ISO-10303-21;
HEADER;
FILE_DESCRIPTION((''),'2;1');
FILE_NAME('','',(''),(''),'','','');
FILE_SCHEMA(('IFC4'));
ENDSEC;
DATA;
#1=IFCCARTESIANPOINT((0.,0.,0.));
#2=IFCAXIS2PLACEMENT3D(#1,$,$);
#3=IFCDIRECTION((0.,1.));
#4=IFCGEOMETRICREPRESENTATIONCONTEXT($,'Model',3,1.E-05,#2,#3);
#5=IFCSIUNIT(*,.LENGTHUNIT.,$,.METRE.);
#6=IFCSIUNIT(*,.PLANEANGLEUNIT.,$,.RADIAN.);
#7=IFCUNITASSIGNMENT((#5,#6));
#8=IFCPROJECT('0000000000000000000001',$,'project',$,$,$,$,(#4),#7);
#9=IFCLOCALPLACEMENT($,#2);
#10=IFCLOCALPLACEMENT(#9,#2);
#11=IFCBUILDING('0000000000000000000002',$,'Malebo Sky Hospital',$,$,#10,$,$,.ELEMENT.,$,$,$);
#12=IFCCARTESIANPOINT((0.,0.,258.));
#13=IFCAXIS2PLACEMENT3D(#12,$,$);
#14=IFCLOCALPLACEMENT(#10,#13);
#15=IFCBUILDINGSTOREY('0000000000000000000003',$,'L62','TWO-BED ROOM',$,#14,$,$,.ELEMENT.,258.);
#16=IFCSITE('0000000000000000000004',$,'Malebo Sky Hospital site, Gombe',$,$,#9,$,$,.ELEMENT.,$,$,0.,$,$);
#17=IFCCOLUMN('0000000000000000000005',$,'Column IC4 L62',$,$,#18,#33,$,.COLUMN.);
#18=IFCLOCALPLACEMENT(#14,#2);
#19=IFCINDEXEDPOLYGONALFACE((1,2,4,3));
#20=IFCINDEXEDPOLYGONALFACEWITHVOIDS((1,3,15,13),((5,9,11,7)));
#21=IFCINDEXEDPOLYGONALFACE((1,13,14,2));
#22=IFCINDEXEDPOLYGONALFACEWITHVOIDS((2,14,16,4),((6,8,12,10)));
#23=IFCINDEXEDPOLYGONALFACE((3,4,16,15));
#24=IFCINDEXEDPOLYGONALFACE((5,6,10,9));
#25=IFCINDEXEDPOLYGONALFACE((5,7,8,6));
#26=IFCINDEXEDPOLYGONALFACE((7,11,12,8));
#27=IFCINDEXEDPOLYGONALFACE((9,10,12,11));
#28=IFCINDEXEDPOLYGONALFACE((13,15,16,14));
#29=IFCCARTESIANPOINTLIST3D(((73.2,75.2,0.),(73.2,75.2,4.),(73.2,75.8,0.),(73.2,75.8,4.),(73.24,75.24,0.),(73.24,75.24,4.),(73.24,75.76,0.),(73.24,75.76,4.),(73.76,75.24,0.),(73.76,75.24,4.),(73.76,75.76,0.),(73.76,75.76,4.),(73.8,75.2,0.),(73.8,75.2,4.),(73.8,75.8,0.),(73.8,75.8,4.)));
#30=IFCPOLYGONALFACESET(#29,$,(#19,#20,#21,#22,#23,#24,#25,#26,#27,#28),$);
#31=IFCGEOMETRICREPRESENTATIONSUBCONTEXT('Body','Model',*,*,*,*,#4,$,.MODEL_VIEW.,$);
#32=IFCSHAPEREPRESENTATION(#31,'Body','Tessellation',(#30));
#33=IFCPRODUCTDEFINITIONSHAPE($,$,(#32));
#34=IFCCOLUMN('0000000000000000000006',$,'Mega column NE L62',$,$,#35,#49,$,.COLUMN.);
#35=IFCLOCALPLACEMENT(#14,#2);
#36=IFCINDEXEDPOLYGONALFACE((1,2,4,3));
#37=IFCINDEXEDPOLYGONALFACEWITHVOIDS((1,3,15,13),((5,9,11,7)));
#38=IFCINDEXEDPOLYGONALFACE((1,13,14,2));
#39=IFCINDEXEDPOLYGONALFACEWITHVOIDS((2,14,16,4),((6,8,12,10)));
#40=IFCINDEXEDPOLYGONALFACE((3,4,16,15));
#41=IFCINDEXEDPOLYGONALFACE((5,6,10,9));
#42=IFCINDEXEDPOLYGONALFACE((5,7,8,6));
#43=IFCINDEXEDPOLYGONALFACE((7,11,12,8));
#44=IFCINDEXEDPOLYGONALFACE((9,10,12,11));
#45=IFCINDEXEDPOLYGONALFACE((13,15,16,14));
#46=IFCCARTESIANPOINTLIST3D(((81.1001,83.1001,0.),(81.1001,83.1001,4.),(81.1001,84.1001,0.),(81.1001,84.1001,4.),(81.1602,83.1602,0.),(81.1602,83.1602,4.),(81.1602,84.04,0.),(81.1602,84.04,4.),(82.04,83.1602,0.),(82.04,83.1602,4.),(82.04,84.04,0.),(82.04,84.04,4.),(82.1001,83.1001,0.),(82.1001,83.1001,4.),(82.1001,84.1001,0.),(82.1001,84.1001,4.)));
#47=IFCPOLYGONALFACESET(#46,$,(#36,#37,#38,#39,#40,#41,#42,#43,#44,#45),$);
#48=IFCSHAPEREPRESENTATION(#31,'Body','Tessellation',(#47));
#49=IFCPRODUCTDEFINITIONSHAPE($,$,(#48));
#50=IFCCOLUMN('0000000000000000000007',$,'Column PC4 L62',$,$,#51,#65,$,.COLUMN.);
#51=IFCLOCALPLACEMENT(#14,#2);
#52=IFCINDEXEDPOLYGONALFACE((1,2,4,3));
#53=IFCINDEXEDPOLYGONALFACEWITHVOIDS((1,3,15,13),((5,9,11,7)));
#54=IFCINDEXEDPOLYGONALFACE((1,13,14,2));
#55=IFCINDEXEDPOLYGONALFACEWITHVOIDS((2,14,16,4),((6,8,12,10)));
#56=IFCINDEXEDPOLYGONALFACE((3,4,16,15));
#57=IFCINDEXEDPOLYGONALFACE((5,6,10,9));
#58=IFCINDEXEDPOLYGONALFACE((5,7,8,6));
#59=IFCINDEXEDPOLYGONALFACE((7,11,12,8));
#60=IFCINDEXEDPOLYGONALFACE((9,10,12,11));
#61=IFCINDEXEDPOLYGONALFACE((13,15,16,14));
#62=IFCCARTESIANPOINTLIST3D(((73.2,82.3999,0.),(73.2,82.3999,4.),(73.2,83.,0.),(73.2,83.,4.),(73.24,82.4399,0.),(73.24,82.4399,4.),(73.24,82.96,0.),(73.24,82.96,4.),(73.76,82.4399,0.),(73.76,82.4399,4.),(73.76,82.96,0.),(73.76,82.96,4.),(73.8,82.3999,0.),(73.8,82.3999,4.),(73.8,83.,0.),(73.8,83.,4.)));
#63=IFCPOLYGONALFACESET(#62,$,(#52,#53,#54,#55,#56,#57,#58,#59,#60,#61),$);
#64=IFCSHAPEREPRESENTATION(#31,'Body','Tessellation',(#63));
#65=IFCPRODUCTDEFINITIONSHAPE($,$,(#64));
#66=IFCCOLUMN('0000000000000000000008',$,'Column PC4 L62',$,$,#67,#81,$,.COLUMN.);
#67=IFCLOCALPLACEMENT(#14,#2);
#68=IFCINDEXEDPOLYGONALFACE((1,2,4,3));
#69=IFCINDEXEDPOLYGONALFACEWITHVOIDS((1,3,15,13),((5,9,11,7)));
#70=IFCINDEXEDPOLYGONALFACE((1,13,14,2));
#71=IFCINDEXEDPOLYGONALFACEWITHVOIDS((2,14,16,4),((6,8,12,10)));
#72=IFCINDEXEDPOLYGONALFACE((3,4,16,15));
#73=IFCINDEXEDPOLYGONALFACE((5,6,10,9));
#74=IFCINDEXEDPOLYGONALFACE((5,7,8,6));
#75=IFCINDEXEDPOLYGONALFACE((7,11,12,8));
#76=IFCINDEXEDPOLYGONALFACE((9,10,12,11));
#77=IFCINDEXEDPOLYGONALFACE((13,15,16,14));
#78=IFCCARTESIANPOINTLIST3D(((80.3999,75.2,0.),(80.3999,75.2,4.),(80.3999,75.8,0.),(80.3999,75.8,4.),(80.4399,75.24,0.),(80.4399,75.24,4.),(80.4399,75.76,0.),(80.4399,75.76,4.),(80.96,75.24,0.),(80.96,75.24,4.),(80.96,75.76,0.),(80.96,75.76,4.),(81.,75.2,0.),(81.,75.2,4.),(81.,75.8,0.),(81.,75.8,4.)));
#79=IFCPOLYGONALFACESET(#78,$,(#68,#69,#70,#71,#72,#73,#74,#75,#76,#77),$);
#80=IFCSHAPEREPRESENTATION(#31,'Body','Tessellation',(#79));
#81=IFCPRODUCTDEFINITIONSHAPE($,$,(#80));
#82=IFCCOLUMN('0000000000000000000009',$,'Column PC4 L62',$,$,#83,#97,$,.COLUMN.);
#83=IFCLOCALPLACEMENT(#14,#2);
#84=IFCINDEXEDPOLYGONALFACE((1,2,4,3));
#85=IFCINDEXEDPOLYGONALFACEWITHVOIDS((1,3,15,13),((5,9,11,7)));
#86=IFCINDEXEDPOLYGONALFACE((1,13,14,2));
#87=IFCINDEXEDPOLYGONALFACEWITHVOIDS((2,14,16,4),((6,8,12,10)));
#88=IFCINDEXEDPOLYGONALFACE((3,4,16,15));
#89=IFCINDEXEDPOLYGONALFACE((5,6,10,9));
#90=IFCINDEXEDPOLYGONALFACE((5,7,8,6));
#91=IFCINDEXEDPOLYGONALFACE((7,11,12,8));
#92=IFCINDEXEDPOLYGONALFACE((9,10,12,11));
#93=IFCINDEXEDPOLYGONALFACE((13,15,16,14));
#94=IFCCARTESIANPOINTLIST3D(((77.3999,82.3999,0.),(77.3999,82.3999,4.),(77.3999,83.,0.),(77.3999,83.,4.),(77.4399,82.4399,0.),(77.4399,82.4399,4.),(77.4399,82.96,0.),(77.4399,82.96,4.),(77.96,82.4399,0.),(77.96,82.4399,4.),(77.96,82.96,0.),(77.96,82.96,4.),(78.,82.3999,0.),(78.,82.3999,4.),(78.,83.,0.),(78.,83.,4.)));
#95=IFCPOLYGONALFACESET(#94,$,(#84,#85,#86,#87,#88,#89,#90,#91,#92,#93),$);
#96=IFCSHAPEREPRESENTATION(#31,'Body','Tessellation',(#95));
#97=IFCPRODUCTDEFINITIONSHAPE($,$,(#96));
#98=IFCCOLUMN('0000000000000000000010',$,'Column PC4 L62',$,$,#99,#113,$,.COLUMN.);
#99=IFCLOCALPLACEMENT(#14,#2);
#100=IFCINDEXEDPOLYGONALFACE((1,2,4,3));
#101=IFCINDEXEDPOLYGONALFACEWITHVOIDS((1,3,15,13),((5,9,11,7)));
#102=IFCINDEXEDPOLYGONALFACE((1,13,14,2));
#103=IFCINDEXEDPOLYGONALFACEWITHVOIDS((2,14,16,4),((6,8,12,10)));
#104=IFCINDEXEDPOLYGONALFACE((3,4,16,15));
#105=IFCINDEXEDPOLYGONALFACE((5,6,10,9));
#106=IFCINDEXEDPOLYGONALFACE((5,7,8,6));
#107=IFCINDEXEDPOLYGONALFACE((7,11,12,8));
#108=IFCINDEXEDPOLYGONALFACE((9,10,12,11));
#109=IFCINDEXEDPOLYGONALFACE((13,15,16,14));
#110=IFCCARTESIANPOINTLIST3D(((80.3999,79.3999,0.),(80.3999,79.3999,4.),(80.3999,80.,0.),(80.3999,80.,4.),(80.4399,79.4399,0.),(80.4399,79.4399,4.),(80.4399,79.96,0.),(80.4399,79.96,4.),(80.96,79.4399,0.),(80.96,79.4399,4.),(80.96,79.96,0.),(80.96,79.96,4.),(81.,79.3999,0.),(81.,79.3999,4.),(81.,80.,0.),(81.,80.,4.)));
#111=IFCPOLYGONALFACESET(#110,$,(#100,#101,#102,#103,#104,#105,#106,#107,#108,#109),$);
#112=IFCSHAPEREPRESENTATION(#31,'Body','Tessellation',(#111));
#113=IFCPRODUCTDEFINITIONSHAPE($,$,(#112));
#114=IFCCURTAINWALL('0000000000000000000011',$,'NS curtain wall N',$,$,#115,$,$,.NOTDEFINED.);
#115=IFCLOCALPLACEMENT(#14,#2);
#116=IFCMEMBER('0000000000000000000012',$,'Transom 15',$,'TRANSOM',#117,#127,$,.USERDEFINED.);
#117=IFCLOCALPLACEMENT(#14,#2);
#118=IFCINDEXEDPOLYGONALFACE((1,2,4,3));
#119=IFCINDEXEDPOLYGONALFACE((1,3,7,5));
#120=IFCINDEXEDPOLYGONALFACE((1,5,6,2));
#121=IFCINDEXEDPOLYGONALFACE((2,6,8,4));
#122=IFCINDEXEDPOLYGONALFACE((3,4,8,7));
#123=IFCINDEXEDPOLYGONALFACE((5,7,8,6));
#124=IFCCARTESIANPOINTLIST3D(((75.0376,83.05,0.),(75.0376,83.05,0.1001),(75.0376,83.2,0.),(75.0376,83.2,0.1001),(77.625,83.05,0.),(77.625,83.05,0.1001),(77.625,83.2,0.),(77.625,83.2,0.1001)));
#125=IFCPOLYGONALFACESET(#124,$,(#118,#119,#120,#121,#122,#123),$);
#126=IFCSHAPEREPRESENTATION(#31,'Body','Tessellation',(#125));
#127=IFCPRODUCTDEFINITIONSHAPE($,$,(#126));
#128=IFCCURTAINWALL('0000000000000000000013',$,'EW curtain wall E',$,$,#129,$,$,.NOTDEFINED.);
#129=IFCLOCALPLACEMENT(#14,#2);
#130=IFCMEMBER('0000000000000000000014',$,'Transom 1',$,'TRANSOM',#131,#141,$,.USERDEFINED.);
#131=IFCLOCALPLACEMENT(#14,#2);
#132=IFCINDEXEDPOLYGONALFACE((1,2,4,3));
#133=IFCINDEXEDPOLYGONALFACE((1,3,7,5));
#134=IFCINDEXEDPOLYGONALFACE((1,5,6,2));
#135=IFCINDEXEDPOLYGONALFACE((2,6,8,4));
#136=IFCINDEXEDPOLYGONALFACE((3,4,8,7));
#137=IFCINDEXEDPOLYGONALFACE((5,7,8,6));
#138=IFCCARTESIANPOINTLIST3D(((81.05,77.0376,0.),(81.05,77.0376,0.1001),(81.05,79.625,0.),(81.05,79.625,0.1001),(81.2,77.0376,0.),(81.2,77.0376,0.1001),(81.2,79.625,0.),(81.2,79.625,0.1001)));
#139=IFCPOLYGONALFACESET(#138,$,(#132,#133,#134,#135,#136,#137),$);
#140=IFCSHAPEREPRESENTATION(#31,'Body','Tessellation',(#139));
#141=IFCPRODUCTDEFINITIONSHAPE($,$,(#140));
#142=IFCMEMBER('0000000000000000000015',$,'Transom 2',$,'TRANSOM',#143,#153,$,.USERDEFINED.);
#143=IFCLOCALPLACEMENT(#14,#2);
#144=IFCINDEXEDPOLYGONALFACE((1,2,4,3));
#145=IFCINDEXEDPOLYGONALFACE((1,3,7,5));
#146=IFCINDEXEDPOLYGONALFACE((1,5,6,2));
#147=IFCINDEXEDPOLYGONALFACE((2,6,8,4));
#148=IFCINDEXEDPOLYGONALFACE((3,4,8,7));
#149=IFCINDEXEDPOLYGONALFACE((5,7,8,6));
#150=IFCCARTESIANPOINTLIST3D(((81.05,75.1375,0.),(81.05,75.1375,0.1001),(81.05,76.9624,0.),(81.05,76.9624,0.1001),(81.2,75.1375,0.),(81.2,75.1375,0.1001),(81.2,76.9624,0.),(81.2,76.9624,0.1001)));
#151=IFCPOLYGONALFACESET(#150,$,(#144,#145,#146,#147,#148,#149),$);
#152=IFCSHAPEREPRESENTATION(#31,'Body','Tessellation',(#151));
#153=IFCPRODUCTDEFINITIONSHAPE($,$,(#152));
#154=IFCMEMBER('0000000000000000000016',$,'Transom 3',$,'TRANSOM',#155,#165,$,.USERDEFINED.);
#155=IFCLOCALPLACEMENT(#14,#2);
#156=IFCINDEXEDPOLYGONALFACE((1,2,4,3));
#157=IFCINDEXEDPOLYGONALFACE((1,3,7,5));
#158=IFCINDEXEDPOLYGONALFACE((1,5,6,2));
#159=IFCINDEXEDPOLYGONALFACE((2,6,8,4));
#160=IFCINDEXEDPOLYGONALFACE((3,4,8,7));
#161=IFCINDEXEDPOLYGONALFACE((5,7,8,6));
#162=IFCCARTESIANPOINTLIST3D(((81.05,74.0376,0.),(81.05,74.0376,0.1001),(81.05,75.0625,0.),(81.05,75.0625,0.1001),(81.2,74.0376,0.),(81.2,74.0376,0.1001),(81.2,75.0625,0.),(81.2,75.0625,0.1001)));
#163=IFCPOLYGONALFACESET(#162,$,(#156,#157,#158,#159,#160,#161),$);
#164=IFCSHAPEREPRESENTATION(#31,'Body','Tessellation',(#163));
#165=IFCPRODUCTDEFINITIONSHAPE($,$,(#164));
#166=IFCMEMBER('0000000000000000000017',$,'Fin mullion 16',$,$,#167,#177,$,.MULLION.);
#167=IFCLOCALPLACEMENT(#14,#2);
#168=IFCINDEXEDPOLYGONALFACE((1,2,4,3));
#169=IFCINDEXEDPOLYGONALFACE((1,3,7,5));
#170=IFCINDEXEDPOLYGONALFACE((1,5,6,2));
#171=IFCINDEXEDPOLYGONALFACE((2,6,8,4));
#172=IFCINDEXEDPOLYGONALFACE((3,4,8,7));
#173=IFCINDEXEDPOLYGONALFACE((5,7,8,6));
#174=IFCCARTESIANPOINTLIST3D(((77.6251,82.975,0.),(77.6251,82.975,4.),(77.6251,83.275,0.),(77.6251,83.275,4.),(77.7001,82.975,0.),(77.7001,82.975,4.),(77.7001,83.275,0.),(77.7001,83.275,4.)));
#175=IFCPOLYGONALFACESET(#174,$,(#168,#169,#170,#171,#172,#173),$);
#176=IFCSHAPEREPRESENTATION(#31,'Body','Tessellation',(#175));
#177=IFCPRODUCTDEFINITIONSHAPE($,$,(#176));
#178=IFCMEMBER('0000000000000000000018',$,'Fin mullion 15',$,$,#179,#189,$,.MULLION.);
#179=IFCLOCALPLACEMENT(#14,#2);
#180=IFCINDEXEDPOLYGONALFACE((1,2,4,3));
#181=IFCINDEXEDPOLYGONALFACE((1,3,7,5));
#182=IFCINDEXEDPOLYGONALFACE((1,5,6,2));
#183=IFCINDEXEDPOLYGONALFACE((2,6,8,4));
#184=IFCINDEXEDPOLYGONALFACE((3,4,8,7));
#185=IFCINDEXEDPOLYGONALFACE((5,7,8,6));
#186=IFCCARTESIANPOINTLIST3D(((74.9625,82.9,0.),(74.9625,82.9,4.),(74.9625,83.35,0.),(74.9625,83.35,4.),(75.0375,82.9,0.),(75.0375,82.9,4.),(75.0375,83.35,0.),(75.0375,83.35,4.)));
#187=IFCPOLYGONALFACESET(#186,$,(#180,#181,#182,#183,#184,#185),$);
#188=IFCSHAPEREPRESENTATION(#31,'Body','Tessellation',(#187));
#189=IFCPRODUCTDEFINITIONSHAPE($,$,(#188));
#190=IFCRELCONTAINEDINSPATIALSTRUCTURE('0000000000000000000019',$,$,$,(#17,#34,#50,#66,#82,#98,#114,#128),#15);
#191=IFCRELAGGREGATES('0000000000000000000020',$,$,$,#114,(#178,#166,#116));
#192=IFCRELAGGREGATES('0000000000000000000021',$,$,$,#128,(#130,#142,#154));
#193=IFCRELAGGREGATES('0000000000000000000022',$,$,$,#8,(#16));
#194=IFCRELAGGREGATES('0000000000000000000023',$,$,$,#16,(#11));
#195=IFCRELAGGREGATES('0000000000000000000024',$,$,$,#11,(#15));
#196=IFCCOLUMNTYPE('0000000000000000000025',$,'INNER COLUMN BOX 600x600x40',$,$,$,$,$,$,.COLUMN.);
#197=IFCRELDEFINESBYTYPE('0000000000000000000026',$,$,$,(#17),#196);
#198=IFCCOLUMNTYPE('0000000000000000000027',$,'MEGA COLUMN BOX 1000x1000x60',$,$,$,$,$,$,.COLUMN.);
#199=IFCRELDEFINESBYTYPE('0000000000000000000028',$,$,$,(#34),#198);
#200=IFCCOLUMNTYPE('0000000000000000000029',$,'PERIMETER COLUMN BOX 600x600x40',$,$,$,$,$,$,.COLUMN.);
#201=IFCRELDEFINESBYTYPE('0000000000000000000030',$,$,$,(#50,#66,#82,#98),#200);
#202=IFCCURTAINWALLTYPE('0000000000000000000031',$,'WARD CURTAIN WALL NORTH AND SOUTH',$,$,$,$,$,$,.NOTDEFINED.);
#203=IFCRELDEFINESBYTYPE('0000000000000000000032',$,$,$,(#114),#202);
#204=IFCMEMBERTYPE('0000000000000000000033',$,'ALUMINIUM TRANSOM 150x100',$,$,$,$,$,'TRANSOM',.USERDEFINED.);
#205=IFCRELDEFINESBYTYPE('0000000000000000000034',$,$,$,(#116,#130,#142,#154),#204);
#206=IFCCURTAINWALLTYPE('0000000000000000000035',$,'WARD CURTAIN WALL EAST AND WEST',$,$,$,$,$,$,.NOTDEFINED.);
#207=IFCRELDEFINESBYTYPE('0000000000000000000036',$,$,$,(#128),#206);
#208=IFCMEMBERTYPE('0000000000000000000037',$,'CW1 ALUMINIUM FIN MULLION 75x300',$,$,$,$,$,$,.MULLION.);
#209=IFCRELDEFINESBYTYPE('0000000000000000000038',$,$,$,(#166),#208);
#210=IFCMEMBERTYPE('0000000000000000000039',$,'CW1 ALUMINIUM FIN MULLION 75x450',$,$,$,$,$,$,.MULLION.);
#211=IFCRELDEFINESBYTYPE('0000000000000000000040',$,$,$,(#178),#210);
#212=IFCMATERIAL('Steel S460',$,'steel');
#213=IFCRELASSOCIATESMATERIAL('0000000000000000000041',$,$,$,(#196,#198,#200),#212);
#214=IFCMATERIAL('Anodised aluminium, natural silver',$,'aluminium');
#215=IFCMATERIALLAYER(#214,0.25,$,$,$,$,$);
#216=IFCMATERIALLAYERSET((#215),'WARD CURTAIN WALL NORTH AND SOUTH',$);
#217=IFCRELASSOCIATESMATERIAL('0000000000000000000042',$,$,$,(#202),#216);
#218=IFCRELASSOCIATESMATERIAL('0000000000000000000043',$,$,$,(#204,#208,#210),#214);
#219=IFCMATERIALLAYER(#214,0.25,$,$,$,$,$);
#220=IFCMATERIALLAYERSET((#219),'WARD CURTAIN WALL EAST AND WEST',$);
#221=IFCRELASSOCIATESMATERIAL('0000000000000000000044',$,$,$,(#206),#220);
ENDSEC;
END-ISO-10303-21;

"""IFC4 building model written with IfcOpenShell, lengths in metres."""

from ifc_helpers import new_model, si_unit, direction, frame, origin, origin_2d, place, context, subcontext, project, spatial, rectangle, hollow_rectangle, extrude, material, layer, layer_set, material_profile, profile_set, type_object, element, aggregate, save


model = new_model("IFC4")

# Units and contexts
model_context = context("Model", 3, precision=1e-05, world=origin(), true_north=direction((0.0, 1.0)))
body_context = subcontext(model_context, "Body", "Model", "MODEL_VIEW")
ifc_project = project(units=[si_unit("LENGTHUNIT", "METRE"), si_unit("PLANEANGLEUNIT", "RADIAN")], contexts=[model_context])

# Site, building, storey
site_placement = place(None, origin())
site = spatial("IfcSite", under=ifc_project, at=site_placement, Name="Malebo Sky Hospital site, Gombe", CompositionType="ELEMENT", RefElevation=0.0)
building_placement = place(site_placement, origin())
building = spatial("IfcBuilding", under=site, at=building_placement, Name="Malebo Sky Hospital", CompositionType="ELEMENT")
storey_placement = place(building_placement, frame((0.0, 0.0, 258.0)))
storey = spatial("IfcBuildingStorey", under=building, at=storey_placement, Name="L62", Description="TWO-BED ROOM", CompositionType="ELEMENT", Elevation=258.0)

# Columns
ifc_material_1 = material(Name="Steel S460", Category="steel")
ifc_material_profile_1 = material_profile(ifc_material_1, hollow_rectangle(XDim=0.6001, YDim=0.6001, WallThickness=0.04, at=origin_2d()), Name="BOX 600x600x40")
ifc_profile_set_1 = profile_set([ifc_material_profile_1], Name="Steel S460")
column_type_1 = type_object("IfcColumnType", Name="INNER COLUMN BOX 600x600x40", PredefinedType="COLUMN", material=ifc_profile_set_1)
column_1_placement = place(storey_placement, frame((73.5, 75.5, 0.0), z_axis=(0.0, 0.0, 1.0), x_axis=(1.0, 0.0, 0.0)))
element("IfcColumn", 1, at=column_1_placement, inside=storey, type_object=column_type_1, Name="Column IC4 L62", PredefinedType="COLUMN", context=body_context, shape_type="SweptSolid", body=[
    extrude(hollow_rectangle(XDim=0.6001, YDim=0.6001, WallThickness=0.04, at=origin_2d()), origin(), (0.0, 0.0, 1.0), 4.0),
])
ifc_material_profile_2 = material_profile(ifc_material_1, hollow_rectangle(XDim=1.0, YDim=1.0, WallThickness=0.0601, at=origin_2d()), Name="BOX 1000x1000x60")
ifc_profile_set_2 = profile_set([ifc_material_profile_2], Name="Steel S460")
column_type_2 = type_object("IfcColumnType", Name="MEGA COLUMN BOX 1000x1000x60", PredefinedType="COLUMN", material=ifc_profile_set_2)
column_2_placement = place(storey_placement, frame((81.6001, 83.6001, 0.0), z_axis=(0.0, 0.0, 1.0), x_axis=(1.0, 0.0, 0.0)))
element("IfcColumn", 2, at=column_2_placement, inside=storey, type_object=column_type_2, Name="Mega column NE L62", PredefinedType="COLUMN", context=body_context, shape_type="SweptSolid", body=[
    extrude(hollow_rectangle(XDim=1.0, YDim=1.0, WallThickness=0.0601, at=origin_2d()), origin(), (0.0, 0.0, 1.0), 4.0),
])
ifc_material_profile_3 = material_profile(ifc_material_1, hollow_rectangle(XDim=0.6001, YDim=0.6001, WallThickness=0.04, at=origin_2d()), Name="BOX 600x600x40")
ifc_profile_set_3 = profile_set([ifc_material_profile_3], Name="Steel S460")
column_type_3 = type_object("IfcColumnType", Name="PERIMETER COLUMN BOX 600x600x40", PredefinedType="COLUMN", material=ifc_profile_set_3)
for number, where, z_axis, x_axis, name in (
    (3, (73.5, 82.7, 0.0), (0.0, 0.0, 1.0), (1.0, 0.0, 0.0), "Column PC4 L62"),
    (4, (80.7, 75.5, 0.0), (0.0, 0.0, 1.0), (1.0, 0.0, 0.0), "Column PC4 L62"),
    (5, (77.7, 82.7, 0.0), (0.0, 0.0, 1.0), (1.0, 0.0, 0.0), "Column PC4 L62"),
    (6, (80.7, 79.7, 0.0), (0.0, 0.0, 1.0), (1.0, 0.0, 0.0), "Column PC4 L62"),
):
    element("IfcColumn", number, at=place(storey_placement, frame(where, z_axis=z_axis, x_axis=x_axis)), inside=storey, type_object=column_type_3, Name=name, PredefinedType="COLUMN", context=body_context, shape_type="SweptSolid", body=[
        extrude(hollow_rectangle(XDim=0.6001, YDim=0.6001, WallThickness=0.04, at=origin_2d()), origin(), (0.0, 0.0, 1.0), 4.0),
    ])

# Curtain wall, member
ifc_material_2 = material(Name="Anodised aluminium, natural silver", Category="aluminium")
ifc_layer_1 = layer(ifc_material_2, 0.25)
ifc_layer_set_1 = layer_set([ifc_layer_1], Name="WARD CURTAIN WALL NORTH AND SOUTH")
curtain_wall_type_1 = type_object("IfcCurtainWallType", Name="WARD CURTAIN WALL NORTH AND SOUTH", PredefinedType="NOTDEFINED", material=ifc_layer_set_1)
curtain_wall_1_placement = place(storey_placement, origin())
curtain_wall_1 = element("IfcCurtainWall", 7, at=curtain_wall_1_placement, inside=storey, type_object=curtain_wall_type_1, Name="NS curtain wall N", PredefinedType="NOTDEFINED")
ifc_material_profile_4 = material_profile(ifc_material_2, rectangle(XDim=0.1499, YDim=0.1001, at=origin_2d()), Name="ALUMINIUM TRANSOM 150x100")
ifc_profile_set_4 = profile_set([ifc_material_profile_4], Name="Anodised aluminium, natural silver")
member_type_1 = type_object("IfcMemberType", Name="ALUMINIUM TRANSOM 150x100", ElementType="TRANSOM", PredefinedType="USERDEFINED", material=ifc_profile_set_4)
member_1_placement = place(storey_placement, frame((75.0376, 83.125, 0.05), z_axis=(1.0, 0.0, 0.0), x_axis=(0.0, 1.0, 0.0)))
member_1 = element("IfcMember", 8, at=member_1_placement, type_object=member_type_1, Name="Transom 15", ObjectType="TRANSOM", PredefinedType="USERDEFINED", context=body_context, shape_type="SweptSolid", body=[
    extrude(rectangle(XDim=0.1499, YDim=0.1001, at=origin_2d()), origin(), (0.0, 0.0, 1.0), 2.5874),
])

# Curtain wall, members
ifc_layer_2 = layer(ifc_material_2, 0.25)
ifc_layer_set_2 = layer_set([ifc_layer_2], Name="WARD CURTAIN WALL EAST AND WEST")
curtain_wall_type_2 = type_object("IfcCurtainWallType", Name="WARD CURTAIN WALL EAST AND WEST", PredefinedType="NOTDEFINED", material=ifc_layer_set_2)
curtain_wall_2_placement = place(storey_placement, origin())
curtain_wall_2 = element("IfcCurtainWall", 9, at=curtain_wall_2_placement, inside=storey, type_object=curtain_wall_type_2, Name="EW curtain wall E", PredefinedType="NOTDEFINED")
member_2_placement = place(storey_placement, frame((81.125, 79.625, 0.05), z_axis=(0.0, -1.0, 0.0), x_axis=(1.0, 0.0, 0.0)))
member_2 = element("IfcMember", 10, at=member_2_placement, type_object=member_type_1, Name="Transom 1", ObjectType="TRANSOM", PredefinedType="USERDEFINED", context=body_context, shape_type="SweptSolid", body=[
    extrude(rectangle(XDim=0.1499, YDim=0.1001, at=origin_2d()), origin(), (0.0, 0.0, 1.0), 2.5874),
])
member_3_placement = place(storey_placement, frame((81.125, 76.9624, 0.05), z_axis=(0.0, -1.0, 0.0), x_axis=(1.0, 0.0, 0.0)))
member_3 = element("IfcMember", 11, at=member_3_placement, type_object=member_type_1, Name="Transom 2", ObjectType="TRANSOM", PredefinedType="USERDEFINED", context=body_context, shape_type="SweptSolid", body=[
    extrude(rectangle(XDim=0.1499, YDim=0.1001, at=origin_2d()), origin(), (0.0, 0.0, 1.0), 1.825),
])
member_4_placement = place(storey_placement, frame((81.125, 75.0625, 0.05), z_axis=(0.0, -1.0, 0.0), x_axis=(1.0, 0.0, 0.0)))
member_4 = element("IfcMember", 12, at=member_4_placement, type_object=member_type_1, Name="Transom 3", ObjectType="TRANSOM", PredefinedType="USERDEFINED", context=body_context, shape_type="SweptSolid", body=[
    extrude(rectangle(XDim=0.1499, YDim=0.1001, at=origin_2d()), origin(), (0.0, 0.0, 1.0), 1.0249),
])

# Members
ifc_material_profile_5 = material_profile(ifc_material_2, rectangle(XDim=0.075, YDim=0.3, at=origin_2d()), Name="CW1 ALUMINIUM FIN MULLION 75x300")
ifc_profile_set_5 = profile_set([ifc_material_profile_5], Name="Anodised aluminium, natural silver")
member_type_2 = type_object("IfcMemberType", Name="CW1 ALUMINIUM FIN MULLION 75x300", PredefinedType="MULLION", material=ifc_profile_set_5)
member_5_placement = place(storey_placement, frame((77.6626, 83.125, 0.0), z_axis=(0.0, 0.0, 1.0), x_axis=(1.0, 0.0, 0.0)))
member_5 = element("IfcMember", 13, at=member_5_placement, type_object=member_type_2, Name="Fin mullion 16", PredefinedType="MULLION", context=body_context, shape_type="SweptSolid", body=[
    extrude(rectangle(XDim=0.075, YDim=0.3, at=origin_2d()), origin(), (0.0, 0.0, 1.0), 4.0),
])
ifc_material_profile_6 = material_profile(ifc_material_2, rectangle(XDim=0.075, YDim=0.45, at=origin_2d()), Name="CW1 ALUMINIUM FIN MULLION 75x450")
ifc_profile_set_6 = profile_set([ifc_material_profile_6], Name="Anodised aluminium, natural silver")
member_type_3 = type_object("IfcMemberType", Name="CW1 ALUMINIUM FIN MULLION 75x450", PredefinedType="MULLION", material=ifc_profile_set_6)
member_6_placement = place(storey_placement, frame((75.0, 83.125, 0.0), z_axis=(0.0, 0.0, 1.0), x_axis=(1.0, 0.0, 0.0)))
member_6 = element("IfcMember", 14, at=member_6_placement, type_object=member_type_3, Name="Fin mullion 15", PredefinedType="MULLION", context=body_context, shape_type="SweptSolid", body=[
    extrude(rectangle(XDim=0.075, YDim=0.45, at=origin_2d()), origin(), (0.0, 0.0, 1.0), 4.0),
])

aggregate(curtain_wall_1, [member_6, member_5, member_1])
aggregate(curtain_wall_2, [member_2, member_3, member_4])

save(model, "model.ifc")
